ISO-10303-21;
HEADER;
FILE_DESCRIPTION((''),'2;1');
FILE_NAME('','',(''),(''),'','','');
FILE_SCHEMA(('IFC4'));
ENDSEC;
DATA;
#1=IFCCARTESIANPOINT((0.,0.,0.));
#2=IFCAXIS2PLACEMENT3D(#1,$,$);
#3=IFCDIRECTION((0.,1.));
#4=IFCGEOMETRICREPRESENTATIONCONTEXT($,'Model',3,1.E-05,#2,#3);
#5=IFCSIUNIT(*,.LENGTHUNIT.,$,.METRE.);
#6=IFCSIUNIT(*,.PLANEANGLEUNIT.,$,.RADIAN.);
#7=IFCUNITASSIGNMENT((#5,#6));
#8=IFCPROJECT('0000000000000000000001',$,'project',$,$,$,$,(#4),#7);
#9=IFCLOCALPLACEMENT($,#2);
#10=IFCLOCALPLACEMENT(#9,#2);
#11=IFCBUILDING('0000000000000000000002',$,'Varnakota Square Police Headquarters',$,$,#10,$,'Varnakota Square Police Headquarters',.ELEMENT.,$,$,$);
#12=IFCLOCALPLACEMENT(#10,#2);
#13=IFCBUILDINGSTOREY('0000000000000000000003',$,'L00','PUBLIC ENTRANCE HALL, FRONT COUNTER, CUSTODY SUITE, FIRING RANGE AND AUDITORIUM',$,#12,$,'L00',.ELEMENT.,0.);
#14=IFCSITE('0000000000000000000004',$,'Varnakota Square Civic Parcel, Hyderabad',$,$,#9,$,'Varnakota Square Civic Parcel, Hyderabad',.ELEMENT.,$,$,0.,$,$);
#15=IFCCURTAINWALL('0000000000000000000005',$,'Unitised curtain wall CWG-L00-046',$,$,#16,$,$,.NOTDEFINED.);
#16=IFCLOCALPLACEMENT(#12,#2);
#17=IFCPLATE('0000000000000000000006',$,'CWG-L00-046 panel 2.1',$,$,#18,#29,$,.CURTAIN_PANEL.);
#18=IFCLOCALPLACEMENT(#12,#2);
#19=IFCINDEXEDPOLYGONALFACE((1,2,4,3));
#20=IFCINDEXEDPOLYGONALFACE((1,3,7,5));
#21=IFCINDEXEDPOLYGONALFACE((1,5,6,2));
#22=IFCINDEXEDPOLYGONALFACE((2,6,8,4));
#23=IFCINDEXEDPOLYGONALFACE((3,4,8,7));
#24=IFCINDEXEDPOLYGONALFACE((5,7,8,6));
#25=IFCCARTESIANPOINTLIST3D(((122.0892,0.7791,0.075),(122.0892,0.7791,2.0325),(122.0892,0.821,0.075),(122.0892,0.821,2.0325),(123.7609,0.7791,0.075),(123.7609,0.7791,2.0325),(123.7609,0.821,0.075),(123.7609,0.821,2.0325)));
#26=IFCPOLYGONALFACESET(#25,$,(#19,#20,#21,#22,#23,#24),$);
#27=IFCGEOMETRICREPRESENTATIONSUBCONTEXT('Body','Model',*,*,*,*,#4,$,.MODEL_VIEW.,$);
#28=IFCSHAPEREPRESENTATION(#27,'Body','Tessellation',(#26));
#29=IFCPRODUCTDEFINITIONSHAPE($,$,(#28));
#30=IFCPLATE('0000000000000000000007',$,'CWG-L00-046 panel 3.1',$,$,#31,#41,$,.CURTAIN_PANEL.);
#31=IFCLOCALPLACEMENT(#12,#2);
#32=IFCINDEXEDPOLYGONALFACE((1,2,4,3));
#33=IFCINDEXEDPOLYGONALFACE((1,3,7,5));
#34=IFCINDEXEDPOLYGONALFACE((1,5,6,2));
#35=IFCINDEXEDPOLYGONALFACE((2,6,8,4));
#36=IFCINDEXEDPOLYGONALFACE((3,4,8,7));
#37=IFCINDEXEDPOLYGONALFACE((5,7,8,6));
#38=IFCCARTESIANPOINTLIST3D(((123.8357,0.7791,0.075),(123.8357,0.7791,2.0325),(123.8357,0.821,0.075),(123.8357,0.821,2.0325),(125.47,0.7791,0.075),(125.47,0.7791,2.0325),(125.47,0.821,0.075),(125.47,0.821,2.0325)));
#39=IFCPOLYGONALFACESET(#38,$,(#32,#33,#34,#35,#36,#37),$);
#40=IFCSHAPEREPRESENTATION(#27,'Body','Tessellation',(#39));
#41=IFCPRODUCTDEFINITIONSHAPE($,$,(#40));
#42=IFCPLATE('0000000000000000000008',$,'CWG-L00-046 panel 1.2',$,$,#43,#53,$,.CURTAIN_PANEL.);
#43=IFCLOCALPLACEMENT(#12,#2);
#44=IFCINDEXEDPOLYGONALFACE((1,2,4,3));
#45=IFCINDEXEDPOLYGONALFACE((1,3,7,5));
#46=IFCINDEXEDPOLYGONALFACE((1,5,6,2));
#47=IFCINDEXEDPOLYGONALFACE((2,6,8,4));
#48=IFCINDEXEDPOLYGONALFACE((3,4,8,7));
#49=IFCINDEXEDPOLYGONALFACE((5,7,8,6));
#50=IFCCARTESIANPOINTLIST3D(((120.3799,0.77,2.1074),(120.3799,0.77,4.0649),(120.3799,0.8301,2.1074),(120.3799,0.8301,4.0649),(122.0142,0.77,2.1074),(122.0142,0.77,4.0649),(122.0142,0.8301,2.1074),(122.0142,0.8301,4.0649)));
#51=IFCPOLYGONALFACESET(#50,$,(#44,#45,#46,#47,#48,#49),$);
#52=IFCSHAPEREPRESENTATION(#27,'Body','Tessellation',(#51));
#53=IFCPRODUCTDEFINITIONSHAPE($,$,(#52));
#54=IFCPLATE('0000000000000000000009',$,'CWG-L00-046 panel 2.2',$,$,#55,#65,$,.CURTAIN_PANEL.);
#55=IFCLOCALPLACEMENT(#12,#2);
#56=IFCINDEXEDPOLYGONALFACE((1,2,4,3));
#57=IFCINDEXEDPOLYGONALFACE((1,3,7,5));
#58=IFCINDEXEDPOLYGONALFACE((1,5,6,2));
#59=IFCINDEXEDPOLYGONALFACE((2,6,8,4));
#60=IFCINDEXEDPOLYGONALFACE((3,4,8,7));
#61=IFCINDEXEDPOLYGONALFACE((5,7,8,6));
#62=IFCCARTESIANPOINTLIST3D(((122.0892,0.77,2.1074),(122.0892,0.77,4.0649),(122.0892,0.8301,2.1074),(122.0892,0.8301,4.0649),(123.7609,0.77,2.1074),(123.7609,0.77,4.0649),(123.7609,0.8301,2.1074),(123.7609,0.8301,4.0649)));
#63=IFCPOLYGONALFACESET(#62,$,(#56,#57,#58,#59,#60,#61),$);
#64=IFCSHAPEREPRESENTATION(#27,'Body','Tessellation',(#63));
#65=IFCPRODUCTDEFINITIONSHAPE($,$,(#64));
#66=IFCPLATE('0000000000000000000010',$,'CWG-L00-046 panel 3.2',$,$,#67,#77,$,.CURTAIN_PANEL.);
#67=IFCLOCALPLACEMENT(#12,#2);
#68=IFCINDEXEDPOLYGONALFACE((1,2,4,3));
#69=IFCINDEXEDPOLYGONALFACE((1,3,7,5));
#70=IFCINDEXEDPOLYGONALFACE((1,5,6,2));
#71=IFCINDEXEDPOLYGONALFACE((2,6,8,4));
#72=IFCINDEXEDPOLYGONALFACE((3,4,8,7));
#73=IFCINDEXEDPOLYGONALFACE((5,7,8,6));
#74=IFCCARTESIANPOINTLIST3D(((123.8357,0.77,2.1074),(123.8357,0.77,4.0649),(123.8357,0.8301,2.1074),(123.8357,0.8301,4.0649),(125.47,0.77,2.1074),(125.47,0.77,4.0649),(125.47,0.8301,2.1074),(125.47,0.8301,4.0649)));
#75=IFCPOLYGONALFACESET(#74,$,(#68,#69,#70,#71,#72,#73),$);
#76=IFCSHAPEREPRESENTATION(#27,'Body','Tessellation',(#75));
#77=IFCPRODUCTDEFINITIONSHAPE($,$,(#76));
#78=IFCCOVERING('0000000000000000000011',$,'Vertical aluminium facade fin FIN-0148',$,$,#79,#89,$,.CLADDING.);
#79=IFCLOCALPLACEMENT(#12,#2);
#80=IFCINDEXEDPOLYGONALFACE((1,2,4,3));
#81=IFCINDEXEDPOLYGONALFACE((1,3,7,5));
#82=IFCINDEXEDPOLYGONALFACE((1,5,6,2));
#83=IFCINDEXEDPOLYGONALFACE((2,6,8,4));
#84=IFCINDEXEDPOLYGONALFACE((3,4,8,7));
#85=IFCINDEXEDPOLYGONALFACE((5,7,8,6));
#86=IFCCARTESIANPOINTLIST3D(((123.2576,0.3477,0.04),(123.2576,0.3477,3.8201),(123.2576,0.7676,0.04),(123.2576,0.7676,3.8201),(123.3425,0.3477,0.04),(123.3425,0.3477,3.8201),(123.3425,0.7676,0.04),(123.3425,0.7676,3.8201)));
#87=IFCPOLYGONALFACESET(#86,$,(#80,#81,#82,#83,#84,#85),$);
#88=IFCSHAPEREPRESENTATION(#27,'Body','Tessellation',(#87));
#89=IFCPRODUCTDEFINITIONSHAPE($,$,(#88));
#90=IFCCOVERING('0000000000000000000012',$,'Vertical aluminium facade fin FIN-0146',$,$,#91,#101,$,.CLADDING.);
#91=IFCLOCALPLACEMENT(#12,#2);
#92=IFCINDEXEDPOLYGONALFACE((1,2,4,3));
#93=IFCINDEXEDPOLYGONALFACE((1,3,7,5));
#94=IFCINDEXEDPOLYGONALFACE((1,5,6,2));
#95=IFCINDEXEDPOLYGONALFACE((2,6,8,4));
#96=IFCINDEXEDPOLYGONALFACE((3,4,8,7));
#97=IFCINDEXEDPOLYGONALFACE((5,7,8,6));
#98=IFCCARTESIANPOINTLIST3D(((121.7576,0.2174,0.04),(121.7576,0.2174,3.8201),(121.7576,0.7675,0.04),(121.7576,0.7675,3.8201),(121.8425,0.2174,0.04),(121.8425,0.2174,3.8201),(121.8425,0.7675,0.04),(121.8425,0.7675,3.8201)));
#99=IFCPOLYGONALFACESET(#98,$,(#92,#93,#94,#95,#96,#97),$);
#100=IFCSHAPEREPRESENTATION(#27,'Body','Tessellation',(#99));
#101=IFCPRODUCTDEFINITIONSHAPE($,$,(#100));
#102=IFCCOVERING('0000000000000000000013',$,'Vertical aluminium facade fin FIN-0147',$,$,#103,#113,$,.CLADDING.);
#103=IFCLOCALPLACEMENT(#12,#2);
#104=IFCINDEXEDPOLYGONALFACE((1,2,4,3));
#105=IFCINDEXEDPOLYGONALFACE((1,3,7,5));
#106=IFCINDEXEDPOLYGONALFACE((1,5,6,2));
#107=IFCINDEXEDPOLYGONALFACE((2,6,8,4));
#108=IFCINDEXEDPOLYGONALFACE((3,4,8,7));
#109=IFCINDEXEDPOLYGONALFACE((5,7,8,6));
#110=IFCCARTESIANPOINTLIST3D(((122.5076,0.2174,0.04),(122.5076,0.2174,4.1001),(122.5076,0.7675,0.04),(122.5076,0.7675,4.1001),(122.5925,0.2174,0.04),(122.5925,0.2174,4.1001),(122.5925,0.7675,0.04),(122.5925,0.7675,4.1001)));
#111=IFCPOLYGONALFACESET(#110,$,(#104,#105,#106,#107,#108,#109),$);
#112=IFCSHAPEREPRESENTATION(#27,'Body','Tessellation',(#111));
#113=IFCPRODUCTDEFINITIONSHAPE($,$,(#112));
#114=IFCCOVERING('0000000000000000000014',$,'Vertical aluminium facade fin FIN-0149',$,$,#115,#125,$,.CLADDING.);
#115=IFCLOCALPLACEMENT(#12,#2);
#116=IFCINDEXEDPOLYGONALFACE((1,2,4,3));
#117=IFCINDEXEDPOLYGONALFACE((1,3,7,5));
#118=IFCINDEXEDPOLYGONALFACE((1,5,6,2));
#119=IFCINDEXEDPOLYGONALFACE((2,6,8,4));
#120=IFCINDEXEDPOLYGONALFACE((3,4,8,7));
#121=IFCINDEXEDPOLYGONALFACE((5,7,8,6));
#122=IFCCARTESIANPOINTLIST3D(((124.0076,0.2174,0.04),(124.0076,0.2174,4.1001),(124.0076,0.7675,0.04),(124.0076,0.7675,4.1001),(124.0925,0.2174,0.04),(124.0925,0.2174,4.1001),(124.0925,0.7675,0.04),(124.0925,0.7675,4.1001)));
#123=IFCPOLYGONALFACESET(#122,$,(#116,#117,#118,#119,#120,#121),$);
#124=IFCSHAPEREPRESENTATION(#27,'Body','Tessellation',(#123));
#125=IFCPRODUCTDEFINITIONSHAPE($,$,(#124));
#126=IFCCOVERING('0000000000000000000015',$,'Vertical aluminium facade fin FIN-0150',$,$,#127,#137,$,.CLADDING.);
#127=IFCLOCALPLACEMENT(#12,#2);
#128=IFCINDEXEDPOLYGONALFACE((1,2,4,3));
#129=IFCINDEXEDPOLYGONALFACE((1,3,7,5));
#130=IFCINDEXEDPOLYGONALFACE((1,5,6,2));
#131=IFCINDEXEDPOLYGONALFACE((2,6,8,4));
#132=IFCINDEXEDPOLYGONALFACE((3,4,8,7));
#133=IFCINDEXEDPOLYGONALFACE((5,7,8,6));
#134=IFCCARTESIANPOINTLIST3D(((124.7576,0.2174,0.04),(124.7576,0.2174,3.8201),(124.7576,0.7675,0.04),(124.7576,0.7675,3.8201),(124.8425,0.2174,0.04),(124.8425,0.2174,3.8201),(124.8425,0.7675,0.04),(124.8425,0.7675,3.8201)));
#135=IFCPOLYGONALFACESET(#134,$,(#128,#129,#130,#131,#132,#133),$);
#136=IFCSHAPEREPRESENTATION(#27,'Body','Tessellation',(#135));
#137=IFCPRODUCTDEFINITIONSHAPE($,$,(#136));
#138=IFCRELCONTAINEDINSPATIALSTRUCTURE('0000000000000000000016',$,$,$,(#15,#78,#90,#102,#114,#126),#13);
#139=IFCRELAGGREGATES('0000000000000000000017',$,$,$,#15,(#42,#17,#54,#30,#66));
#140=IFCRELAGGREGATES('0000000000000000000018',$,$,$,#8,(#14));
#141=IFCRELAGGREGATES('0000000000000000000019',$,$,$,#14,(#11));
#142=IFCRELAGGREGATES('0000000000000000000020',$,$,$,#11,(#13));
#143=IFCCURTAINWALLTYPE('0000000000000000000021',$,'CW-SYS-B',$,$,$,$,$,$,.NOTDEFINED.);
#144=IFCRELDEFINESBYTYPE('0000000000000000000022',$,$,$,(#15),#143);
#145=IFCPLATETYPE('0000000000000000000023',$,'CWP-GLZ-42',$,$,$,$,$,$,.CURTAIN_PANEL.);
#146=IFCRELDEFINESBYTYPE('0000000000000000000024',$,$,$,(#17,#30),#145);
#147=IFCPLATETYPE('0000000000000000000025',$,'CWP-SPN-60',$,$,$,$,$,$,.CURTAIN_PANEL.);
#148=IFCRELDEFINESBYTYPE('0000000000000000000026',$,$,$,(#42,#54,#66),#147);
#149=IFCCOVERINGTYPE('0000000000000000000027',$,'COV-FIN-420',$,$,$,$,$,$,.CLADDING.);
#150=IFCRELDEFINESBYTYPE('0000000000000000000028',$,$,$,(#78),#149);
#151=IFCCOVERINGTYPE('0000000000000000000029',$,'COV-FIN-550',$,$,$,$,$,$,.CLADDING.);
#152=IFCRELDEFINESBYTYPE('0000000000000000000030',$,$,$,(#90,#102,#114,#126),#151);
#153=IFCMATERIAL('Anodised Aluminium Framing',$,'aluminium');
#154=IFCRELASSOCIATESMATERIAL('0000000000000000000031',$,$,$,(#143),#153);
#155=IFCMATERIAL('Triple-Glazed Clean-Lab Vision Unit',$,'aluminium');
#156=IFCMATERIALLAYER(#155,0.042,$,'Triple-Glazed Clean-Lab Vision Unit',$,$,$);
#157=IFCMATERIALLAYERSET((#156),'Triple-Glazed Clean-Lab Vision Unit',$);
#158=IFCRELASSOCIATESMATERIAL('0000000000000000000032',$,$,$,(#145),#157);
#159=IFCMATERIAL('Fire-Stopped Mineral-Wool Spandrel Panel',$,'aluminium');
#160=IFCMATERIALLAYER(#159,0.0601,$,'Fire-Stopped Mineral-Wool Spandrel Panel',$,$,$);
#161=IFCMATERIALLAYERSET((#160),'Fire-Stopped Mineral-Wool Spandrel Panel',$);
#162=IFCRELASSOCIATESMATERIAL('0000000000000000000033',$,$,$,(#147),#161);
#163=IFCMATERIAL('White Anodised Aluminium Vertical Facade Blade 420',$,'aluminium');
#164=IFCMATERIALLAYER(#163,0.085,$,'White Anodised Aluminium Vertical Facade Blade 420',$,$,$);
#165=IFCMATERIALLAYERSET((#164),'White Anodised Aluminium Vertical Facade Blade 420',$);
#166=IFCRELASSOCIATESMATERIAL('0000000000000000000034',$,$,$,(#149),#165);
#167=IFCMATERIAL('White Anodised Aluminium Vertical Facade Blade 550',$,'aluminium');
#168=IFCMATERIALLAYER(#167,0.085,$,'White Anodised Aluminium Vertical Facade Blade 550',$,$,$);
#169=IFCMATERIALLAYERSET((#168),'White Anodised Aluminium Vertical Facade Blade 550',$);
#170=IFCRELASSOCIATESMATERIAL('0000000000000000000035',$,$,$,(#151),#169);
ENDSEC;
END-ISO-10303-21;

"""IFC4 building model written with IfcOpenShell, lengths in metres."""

from ifc_helpers import new_model, si_unit, direction, frame, origin, origin_2d, place, context, subcontext, project, spatial, rectangle, extrude, material, layer, layer_set, type_object, element, aggregate, save


model = new_model("IFC4")

# Units and contexts
model_context = context("Model", 3, precision=1e-05, world=origin(), true_north=direction((0.0, 1.0)))
body_context = subcontext(model_context, "Body", "Model", "MODEL_VIEW")
ifc_project = project(units=[si_unit("LENGTHUNIT", "METRE"), si_unit("PLANEANGLEUNIT", "RADIAN")], contexts=[model_context])

# Site, building, storey
site_placement = place(None, origin())
site = spatial("IfcSite", under=ifc_project, at=site_placement, Name="Varnakota Square Civic Parcel, Hyderabad", LongName="Varnakota Square Civic Parcel, Hyderabad", CompositionType="ELEMENT", RefElevation=0.0)
building_placement = place(site_placement, origin())
building = spatial("IfcBuilding", under=site, at=building_placement, Name="Varnakota Square Police Headquarters", LongName="Varnakota Square Police Headquarters", CompositionType="ELEMENT")
storey_placement = place(building_placement, origin())
storey = spatial("IfcBuildingStorey", under=building, at=storey_placement, Name="L00", Description="PUBLIC ENTRANCE HALL, FRONT COUNTER, CUSTODY SUITE, FIRING RANGE AND AUDITORIUM", LongName="L00", CompositionType="ELEMENT", Elevation=0.0)

# Curtain wall, plates
ifc_material_1 = material(Name="Anodised Aluminium Framing", Category="aluminium")
curtain_wall_type = type_object("IfcCurtainWallType", Name="CW-SYS-B", PredefinedType="NOTDEFINED", material=ifc_material_1)
curtain_wall_placement = place(storey_placement, origin())
curtain_wall = element("IfcCurtainWall", 1, at=curtain_wall_placement, inside=storey, type_object=curtain_wall_type, Name="Unitised curtain wall CWG-L00-046", PredefinedType="NOTDEFINED")
ifc_material_2 = material(Name="Triple-Glazed Clean-Lab Vision Unit", Category="aluminium")
ifc_layer_1 = layer(ifc_material_2, 0.042, Name="Triple-Glazed Clean-Lab Vision Unit")
ifc_layer_set_1 = layer_set([ifc_layer_1], Name="Triple-Glazed Clean-Lab Vision Unit")
plate_type_1 = type_object("IfcPlateType", Name="CWP-GLZ-42", PredefinedType="CURTAIN_PANEL", material=ifc_layer_set_1)
plate_1_placement = place(storey_placement, frame((122.925, 0.8, 0.075), z_axis=(0.0, 0.0, 1.0), x_axis=(1.0, 0.0, 0.0)))
plate_1 = element("IfcPlate", 2, at=plate_1_placement, type_object=plate_type_1, Name="CWG-L00-046 panel 2.1", PredefinedType="CURTAIN_PANEL", context=body_context, shape_type="SweptSolid", body=[
    extrude(rectangle(XDim=1.6716, YDim=0.042, at=origin_2d()), origin(), (0.0, 0.0, 1.0), 1.9575),
])
plate_2_placement = place(storey_placement, frame((124.6528, 0.8, 0.075), z_axis=(0.0, 0.0, 1.0), x_axis=(1.0, 0.0, 0.0)))
plate_2 = element("IfcPlate", 3, at=plate_2_placement, type_object=plate_type_1, Name="CWG-L00-046 panel 3.1", PredefinedType="CURTAIN_PANEL", context=body_context, shape_type="SweptSolid", body=[
    extrude(rectangle(XDim=1.6343, YDim=0.042, at=origin_2d()), origin(), (0.0, 0.0, 1.0), 1.9575),
])
ifc_material_3 = material(Name="Fire-Stopped Mineral-Wool Spandrel Panel", Category="aluminium")
ifc_layer_2 = layer(ifc_material_3, 0.0601, Name="Fire-Stopped Mineral-Wool Spandrel Panel")
ifc_layer_set_2 = layer_set([ifc_layer_2], Name="Fire-Stopped Mineral-Wool Spandrel Panel")
plate_type_2 = type_object("IfcPlateType", Name="CWP-SPN-60", PredefinedType="CURTAIN_PANEL", material=ifc_layer_set_2)
plate_3_placement = place(storey_placement, frame((121.197, 0.8, 2.1074), z_axis=(0.0, 0.0, 1.0), x_axis=(1.0, 0.0, 0.0)))
plate_3 = element("IfcPlate", 4, at=plate_3_placement, type_object=plate_type_2, Name="CWG-L00-046 panel 1.2", PredefinedType="CURTAIN_PANEL", context=body_context, shape_type="SweptSolid", body=[
    extrude(rectangle(XDim=1.6343, YDim=0.0601, at=origin_2d()), origin(), (0.0, 0.0, 1.0), 1.9575),
])
plate_4_placement = place(storey_placement, frame((122.925, 0.8, 2.1074), z_axis=(0.0, 0.0, 1.0), x_axis=(1.0, 0.0, 0.0)))
plate_4 = element("IfcPlate", 5, at=plate_4_placement, type_object=plate_type_2, Name="CWG-L00-046 panel 2.2", PredefinedType="CURTAIN_PANEL", context=body_context, shape_type="SweptSolid", body=[
    extrude(rectangle(XDim=1.6716, YDim=0.0601, at=origin_2d()), origin(), (0.0, 0.0, 1.0), 1.9575),
])
plate_5_placement = place(storey_placement, frame((124.6528, 0.8, 2.1074), z_axis=(0.0, 0.0, 1.0), x_axis=(1.0, 0.0, 0.0)))
plate_5 = element("IfcPlate", 6, at=plate_5_placement, type_object=plate_type_2, Name="CWG-L00-046 panel 3.2", PredefinedType="CURTAIN_PANEL", context=body_context, shape_type="SweptSolid", body=[
    extrude(rectangle(XDim=1.6343, YDim=0.0601, at=origin_2d()), origin(), (0.0, 0.0, 1.0), 1.9575),
])
aggregate(curtain_wall, [plate_3, plate_1, plate_4, plate_2, plate_5])

# Coverings
ifc_material_4 = material(Name="White Anodised Aluminium Vertical Facade Blade 420", Category="aluminium")
ifc_layer_3 = layer(ifc_material_4, 0.085, Name="White Anodised Aluminium Vertical Facade Blade 420")
ifc_layer_set_3 = layer_set([ifc_layer_3], Name="White Anodised Aluminium Vertical Facade Blade 420")
covering_type_1 = type_object("IfcCoveringType", Name="COV-FIN-420", PredefinedType="CLADDING", material=ifc_layer_set_3)
covering_1_placement = place(storey_placement, frame((123.3, 0.5576, 0.04), z_axis=(0.0, 0.0, 1.0), x_axis=(1.0, 0.0, 0.0)))
element("IfcCovering", 7, at=covering_1_placement, inside=storey, type_object=covering_type_1, Name="Vertical aluminium facade fin FIN-0148", PredefinedType="CLADDING", context=body_context, shape_type="SweptSolid", body=[
    extrude(rectangle(XDim=0.085, YDim=0.4199, at=origin_2d()), origin(), (0.0, 0.0, 1.0), 3.78),
])
ifc_material_5 = material(Name="White Anodised Aluminium Vertical Facade Blade 550", Category="aluminium")
ifc_layer_4 = layer(ifc_material_5, 0.085, Name="White Anodised Aluminium Vertical Facade Blade 550")
ifc_layer_set_4 = layer_set([ifc_layer_4], Name="White Anodised Aluminium Vertical Facade Blade 550")
covering_type_2 = type_object("IfcCoveringType", Name="COV-FIN-550", PredefinedType="CLADDING", material=ifc_layer_set_4)
covering_2_placement = place(storey_placement, frame((121.8, 0.4924, 0.04), z_axis=(0.0, 0.0, 1.0), x_axis=(1.0, 0.0, 0.0)))
element("IfcCovering", 8, at=covering_2_placement, inside=storey, type_object=covering_type_2, Name="Vertical aluminium facade fin FIN-0146", PredefinedType="CLADDING", context=body_context, shape_type="SweptSolid", body=[
    extrude(rectangle(XDim=0.085, YDim=0.55, at=origin_2d()), origin(), (0.0, 0.0, 1.0), 3.78),
])
for number, where, z_axis, x_axis, name in (
    (9, (122.55, 0.4924, 0.04), (0.0, 0.0, 1.0), (1.0, 0.0, 0.0), "Vertical aluminium facade fin FIN-0147"),
    (10, (124.05, 0.4924, 0.04), (0.0, 0.0, 1.0), (1.0, 0.0, 0.0), "Vertical aluminium facade fin FIN-0149"),
):
    element("IfcCovering", number, at=place(storey_placement, frame(where, z_axis=z_axis, x_axis=x_axis)), inside=storey, type_object=covering_type_2, Name=name, PredefinedType="CLADDING", context=body_context, shape_type="SweptSolid", body=[
        extrude(rectangle(XDim=0.085, YDim=0.55, at=origin_2d()), origin(), (0.0, 0.0, 1.0), 4.0601),
    ])
covering_3_placement = place(storey_placement, frame((124.8, 0.4924, 0.04), z_axis=(0.0, 0.0, 1.0), x_axis=(1.0, 0.0, 0.0)))
element("IfcCovering", 11, at=covering_3_placement, inside=storey, type_object=covering_type_2, Name="Vertical aluminium facade fin FIN-0150", PredefinedType="CLADDING", context=body_context, shape_type="SweptSolid", body=[
    extrude(rectangle(XDim=0.085, YDim=0.55, at=origin_2d()), origin(), (0.0, 0.0, 1.0), 3.78),
])

save(model, "model.ifc")
